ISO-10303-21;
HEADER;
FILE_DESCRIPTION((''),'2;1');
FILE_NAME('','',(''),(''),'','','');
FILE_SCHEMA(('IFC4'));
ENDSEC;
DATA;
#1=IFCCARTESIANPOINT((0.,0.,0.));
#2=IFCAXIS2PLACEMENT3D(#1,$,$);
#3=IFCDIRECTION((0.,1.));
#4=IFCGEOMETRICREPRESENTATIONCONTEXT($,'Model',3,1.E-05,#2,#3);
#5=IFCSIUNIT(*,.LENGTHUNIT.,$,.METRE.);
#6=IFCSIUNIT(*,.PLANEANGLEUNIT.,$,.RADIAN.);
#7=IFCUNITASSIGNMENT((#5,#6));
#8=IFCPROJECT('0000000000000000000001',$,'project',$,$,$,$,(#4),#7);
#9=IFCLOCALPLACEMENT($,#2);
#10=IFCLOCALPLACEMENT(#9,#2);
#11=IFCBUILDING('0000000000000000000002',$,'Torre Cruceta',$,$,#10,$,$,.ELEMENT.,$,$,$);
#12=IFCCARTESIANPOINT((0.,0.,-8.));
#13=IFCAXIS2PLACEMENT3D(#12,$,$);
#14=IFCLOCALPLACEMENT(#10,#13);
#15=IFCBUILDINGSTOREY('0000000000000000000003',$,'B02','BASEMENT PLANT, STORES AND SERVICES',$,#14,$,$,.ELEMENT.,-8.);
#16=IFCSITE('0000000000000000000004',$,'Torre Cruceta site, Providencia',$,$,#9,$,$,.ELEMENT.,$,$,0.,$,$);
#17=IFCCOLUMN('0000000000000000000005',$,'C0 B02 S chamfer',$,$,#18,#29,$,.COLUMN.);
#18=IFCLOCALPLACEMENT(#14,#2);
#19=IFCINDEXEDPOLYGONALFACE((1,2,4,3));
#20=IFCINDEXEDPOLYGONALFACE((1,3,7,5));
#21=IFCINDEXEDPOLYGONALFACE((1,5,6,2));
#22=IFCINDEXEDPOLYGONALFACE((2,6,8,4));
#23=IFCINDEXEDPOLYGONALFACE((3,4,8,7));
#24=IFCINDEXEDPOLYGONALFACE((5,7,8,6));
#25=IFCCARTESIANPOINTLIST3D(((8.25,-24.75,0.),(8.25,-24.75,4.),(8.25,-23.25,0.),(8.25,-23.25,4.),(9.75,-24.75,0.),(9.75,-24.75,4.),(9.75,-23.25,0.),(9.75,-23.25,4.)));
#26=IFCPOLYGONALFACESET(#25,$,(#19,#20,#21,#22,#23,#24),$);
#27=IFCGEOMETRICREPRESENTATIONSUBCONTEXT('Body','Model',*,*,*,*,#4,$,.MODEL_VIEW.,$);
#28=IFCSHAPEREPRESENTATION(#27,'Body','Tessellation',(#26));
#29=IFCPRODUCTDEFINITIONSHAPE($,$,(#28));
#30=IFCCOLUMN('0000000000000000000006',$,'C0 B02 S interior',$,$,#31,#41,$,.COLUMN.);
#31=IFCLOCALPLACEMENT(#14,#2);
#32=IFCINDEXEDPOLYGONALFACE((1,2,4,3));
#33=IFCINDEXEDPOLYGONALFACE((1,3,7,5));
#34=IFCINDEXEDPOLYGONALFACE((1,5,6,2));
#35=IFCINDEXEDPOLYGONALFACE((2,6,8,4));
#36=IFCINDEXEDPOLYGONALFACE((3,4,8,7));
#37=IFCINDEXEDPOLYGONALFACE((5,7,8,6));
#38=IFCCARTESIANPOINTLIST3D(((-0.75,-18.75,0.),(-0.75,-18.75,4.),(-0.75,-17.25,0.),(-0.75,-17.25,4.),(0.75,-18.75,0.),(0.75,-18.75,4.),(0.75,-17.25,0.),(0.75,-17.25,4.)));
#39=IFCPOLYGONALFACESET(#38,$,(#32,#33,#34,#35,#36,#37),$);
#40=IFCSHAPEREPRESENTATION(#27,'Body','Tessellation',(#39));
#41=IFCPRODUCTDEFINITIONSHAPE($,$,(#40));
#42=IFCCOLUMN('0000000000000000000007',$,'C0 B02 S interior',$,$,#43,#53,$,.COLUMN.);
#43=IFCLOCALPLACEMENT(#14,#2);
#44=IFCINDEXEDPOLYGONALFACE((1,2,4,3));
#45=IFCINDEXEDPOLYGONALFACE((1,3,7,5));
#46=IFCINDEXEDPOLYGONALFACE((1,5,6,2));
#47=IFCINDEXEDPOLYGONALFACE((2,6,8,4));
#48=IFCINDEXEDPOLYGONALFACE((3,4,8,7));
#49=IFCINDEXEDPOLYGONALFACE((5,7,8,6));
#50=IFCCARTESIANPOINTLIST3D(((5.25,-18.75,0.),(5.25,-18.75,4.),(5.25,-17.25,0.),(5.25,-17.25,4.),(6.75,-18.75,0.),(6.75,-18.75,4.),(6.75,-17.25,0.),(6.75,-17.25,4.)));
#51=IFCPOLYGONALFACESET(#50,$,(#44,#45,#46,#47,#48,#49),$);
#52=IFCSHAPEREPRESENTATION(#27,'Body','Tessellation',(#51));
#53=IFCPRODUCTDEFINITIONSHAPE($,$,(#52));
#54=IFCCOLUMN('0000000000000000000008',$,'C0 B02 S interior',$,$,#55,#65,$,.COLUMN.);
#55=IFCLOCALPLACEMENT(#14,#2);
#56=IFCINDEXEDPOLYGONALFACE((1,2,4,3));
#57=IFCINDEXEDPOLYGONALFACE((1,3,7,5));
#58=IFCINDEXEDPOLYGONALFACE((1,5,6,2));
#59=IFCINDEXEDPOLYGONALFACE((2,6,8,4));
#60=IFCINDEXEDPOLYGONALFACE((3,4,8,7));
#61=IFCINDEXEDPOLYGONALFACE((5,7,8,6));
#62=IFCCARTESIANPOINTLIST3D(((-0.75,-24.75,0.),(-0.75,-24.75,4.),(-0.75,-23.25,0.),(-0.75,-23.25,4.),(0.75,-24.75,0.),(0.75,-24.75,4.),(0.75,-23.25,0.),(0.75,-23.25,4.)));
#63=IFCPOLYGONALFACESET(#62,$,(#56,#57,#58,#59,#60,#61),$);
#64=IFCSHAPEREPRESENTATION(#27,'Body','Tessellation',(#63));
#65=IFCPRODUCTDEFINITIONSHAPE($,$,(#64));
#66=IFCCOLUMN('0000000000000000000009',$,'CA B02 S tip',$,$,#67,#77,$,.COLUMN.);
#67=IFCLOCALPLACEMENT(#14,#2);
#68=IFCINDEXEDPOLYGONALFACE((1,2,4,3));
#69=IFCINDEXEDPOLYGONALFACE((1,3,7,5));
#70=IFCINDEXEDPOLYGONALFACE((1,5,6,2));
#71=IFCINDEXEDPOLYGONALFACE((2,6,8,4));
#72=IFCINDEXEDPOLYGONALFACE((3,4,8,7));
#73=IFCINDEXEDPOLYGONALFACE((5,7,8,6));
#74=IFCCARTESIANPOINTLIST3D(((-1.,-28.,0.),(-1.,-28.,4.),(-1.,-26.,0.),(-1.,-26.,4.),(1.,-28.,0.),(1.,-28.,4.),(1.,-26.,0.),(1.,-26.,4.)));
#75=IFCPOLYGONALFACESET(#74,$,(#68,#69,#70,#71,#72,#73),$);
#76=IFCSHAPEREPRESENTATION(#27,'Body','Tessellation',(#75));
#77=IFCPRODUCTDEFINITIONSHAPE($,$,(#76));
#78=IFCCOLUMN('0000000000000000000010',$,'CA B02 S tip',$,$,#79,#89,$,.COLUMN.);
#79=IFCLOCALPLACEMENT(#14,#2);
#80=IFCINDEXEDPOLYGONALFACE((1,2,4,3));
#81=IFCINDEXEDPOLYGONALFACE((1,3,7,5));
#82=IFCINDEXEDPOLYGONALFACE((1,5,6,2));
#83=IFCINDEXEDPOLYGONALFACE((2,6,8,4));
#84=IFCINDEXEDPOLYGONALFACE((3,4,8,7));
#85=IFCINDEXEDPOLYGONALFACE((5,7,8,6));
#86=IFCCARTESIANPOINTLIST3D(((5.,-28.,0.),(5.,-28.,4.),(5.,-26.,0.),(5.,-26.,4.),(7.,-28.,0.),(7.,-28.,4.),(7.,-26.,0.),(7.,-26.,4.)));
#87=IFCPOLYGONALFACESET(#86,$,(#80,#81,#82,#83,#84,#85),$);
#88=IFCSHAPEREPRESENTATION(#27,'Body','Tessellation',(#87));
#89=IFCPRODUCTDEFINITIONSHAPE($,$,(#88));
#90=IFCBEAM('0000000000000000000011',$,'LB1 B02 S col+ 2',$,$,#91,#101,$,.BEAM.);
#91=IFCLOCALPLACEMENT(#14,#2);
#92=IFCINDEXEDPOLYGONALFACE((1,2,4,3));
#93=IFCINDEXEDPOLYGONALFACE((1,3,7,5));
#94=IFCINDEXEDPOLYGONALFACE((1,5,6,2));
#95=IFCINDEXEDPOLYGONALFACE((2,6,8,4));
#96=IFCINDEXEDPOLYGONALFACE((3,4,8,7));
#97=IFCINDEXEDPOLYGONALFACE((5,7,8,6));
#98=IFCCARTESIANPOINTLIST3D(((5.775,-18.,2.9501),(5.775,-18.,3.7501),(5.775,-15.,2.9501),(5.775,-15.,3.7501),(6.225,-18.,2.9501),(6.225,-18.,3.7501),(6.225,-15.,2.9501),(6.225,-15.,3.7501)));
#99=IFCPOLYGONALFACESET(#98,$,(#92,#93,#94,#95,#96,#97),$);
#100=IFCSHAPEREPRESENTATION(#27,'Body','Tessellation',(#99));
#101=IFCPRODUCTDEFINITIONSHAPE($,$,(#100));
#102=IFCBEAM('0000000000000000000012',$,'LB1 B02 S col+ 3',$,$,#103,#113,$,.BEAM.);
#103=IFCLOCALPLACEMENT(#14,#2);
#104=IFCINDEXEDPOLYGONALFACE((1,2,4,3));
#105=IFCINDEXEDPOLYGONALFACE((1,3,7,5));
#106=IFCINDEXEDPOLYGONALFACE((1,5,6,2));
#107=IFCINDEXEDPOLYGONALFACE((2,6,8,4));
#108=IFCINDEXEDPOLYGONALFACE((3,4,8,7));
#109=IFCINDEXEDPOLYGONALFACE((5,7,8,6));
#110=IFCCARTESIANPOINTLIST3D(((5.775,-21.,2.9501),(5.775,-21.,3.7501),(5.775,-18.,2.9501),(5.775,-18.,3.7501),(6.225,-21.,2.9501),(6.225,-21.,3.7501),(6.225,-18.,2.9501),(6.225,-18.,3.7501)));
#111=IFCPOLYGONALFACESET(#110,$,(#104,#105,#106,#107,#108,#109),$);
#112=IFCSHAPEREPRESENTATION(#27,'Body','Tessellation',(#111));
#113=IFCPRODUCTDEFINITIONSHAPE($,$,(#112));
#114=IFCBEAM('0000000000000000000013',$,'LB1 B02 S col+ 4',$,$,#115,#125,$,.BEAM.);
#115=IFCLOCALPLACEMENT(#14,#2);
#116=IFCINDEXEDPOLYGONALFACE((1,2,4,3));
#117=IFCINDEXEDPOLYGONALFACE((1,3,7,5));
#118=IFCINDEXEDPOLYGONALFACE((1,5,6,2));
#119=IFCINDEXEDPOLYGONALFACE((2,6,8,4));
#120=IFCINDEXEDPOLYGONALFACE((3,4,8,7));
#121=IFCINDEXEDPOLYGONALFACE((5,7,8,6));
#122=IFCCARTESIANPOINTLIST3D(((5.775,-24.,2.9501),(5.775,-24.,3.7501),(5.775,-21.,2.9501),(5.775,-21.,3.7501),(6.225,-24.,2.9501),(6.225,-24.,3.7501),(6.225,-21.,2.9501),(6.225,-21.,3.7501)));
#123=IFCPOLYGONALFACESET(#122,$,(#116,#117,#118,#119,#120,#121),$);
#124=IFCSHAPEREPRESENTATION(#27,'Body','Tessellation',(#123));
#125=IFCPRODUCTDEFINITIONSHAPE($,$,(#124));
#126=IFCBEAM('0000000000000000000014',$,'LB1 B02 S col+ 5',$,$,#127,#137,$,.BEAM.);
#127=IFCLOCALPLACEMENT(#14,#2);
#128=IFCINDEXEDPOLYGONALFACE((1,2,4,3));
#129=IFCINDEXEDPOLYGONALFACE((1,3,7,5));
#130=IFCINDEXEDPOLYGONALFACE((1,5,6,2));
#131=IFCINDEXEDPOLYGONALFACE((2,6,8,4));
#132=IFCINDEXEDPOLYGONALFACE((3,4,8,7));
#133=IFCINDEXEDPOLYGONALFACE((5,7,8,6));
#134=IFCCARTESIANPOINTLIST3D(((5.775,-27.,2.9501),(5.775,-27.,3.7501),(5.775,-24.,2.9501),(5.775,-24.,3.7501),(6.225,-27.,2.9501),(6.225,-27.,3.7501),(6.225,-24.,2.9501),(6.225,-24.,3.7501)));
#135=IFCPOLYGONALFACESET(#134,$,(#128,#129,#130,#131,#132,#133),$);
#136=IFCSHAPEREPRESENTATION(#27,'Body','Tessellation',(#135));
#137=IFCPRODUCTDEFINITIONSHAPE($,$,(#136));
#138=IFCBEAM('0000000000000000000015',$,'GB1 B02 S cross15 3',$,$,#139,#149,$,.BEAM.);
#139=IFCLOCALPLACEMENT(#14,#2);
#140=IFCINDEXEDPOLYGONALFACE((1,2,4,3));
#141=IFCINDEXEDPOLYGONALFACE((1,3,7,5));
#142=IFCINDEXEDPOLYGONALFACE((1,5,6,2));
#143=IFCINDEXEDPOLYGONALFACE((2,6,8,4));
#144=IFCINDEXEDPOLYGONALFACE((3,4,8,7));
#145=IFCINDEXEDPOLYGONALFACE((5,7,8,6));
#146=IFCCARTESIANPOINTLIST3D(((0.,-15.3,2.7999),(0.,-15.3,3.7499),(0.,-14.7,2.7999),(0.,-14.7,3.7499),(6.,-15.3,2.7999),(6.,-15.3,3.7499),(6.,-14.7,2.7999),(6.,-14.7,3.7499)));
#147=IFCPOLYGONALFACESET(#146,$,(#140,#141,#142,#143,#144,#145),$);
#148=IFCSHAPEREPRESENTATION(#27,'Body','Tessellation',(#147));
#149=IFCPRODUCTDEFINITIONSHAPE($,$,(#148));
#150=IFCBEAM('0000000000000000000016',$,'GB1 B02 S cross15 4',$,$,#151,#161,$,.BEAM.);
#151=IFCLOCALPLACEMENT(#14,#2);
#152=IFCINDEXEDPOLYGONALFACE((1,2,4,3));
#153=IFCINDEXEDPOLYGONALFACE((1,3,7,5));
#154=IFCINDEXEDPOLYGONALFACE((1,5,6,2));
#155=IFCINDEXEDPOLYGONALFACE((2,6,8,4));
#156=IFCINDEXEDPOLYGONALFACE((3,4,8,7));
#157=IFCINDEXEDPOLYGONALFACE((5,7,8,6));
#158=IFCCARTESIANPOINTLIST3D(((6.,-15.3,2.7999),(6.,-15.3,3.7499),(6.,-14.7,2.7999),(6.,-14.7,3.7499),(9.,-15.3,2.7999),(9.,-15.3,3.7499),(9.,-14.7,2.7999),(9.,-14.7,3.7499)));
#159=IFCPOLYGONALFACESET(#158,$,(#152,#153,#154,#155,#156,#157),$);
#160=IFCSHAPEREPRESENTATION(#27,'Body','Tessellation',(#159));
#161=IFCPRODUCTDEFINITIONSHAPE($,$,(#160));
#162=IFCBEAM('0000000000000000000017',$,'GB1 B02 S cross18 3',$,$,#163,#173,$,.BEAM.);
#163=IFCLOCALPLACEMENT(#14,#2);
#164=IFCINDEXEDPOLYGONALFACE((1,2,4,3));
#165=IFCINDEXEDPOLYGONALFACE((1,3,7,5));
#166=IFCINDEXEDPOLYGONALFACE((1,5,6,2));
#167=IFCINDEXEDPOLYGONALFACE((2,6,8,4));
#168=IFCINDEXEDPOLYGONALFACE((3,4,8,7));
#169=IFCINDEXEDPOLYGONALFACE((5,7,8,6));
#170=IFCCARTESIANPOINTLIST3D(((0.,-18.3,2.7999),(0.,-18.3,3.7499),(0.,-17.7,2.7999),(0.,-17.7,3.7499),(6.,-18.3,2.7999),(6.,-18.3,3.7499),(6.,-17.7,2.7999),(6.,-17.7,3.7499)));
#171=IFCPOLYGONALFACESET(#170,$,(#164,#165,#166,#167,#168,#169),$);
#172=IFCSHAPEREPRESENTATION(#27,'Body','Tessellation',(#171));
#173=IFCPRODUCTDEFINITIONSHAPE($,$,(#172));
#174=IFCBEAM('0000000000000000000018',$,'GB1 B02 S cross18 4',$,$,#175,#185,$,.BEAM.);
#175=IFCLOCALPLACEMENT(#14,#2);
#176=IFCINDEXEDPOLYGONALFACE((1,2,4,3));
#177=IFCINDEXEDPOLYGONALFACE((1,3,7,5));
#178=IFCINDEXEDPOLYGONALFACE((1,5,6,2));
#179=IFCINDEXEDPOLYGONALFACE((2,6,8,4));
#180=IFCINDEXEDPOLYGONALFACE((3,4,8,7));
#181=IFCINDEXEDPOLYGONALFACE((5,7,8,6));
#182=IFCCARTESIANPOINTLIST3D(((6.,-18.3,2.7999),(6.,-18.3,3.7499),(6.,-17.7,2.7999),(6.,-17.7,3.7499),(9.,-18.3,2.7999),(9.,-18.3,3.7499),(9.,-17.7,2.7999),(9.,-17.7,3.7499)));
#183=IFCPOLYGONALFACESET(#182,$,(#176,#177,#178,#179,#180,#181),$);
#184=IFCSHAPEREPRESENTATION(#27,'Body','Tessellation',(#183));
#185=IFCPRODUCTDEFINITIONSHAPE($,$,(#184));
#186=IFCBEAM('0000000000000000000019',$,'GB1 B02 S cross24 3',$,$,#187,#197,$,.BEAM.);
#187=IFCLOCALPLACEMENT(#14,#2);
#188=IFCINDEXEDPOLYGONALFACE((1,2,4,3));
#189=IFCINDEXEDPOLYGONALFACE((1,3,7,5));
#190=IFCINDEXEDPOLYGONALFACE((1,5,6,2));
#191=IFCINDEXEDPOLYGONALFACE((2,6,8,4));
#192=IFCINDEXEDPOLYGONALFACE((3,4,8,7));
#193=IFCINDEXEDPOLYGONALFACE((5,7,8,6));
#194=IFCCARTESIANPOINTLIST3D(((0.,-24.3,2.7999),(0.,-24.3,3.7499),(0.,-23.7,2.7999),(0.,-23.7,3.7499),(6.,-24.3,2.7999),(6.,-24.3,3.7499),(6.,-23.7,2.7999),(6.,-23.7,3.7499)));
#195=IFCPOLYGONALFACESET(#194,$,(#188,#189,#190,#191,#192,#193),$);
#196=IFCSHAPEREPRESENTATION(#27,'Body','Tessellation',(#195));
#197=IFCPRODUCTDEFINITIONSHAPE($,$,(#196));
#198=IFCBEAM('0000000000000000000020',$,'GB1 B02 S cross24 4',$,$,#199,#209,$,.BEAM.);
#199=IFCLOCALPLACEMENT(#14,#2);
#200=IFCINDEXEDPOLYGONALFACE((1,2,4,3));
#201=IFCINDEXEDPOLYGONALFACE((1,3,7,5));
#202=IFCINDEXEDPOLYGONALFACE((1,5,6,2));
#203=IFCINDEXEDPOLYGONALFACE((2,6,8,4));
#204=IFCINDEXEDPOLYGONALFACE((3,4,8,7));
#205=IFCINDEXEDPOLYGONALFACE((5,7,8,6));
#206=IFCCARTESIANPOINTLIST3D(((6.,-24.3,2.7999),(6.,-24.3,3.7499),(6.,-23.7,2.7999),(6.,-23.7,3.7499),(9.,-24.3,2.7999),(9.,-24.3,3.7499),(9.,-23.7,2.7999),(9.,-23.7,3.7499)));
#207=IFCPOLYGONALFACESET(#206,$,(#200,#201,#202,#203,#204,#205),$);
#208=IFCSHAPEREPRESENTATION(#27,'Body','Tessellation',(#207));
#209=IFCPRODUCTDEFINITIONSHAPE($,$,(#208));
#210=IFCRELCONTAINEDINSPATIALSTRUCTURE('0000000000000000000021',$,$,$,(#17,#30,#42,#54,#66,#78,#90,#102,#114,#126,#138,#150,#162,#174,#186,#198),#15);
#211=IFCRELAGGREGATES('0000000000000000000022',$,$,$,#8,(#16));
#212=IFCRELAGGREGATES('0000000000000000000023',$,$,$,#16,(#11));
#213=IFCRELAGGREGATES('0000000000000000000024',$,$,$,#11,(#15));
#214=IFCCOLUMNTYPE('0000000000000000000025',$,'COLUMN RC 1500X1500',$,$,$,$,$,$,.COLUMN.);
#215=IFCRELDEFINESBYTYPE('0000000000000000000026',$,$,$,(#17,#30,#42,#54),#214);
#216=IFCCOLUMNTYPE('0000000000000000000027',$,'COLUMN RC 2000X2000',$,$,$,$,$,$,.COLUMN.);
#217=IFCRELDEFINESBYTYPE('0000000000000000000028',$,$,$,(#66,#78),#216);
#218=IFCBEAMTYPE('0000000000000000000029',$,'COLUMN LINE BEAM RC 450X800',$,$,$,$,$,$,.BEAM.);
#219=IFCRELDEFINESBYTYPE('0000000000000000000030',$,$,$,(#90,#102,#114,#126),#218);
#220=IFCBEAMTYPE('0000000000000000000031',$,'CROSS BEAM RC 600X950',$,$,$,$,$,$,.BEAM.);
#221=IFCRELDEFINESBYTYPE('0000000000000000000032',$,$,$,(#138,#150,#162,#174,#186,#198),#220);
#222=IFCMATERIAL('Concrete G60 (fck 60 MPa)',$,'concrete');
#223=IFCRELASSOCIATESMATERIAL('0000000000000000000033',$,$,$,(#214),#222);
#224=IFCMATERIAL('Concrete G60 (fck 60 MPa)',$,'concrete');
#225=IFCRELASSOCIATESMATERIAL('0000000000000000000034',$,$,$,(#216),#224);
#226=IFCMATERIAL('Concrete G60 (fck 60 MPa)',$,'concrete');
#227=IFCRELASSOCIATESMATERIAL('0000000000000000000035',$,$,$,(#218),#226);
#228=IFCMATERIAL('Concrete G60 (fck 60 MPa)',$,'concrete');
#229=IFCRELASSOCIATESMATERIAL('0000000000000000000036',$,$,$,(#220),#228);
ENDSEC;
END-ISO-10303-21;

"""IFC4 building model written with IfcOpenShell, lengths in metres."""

from ifc_helpers import new_model, si_unit, direction, frame, origin, origin_2d, place, context, subcontext, project, spatial, rectangle, extrude, material, material_profile, profile_set, type_object, element, save


model = new_model("IFC4")

# Units and contexts
model_context = context("Model", 3, precision=1e-05, world=origin(), true_north=direction((0.0, 1.0)))
body_context = subcontext(model_context, "Body", "Model", "MODEL_VIEW")
ifc_project = project(units=[si_unit("LENGTHUNIT", "METRE"), si_unit("PLANEANGLEUNIT", "RADIAN")], contexts=[model_context])

# Site, building, storey
site_placement = place(None, origin())
site = spatial("IfcSite", under=ifc_project, at=site_placement, Name="Torre Cruceta site, Providencia", CompositionType="ELEMENT", RefElevation=0.0)
building_placement = place(site_placement, origin())
building = spatial("IfcBuilding", under=site, at=building_placement, Name="Torre Cruceta", CompositionType="ELEMENT")
storey_placement = place(building_placement, frame((0.0, 0.0, -8.0)))
storey = spatial("IfcBuildingStorey", under=building, at=storey_placement, Name="B02", Description="BASEMENT PLANT, STORES AND SERVICES", CompositionType="ELEMENT", Elevation=-8.0)

# Columns
ifc_material_1 = material(Name="Concrete G60 (fck 60 MPa)", Category="concrete")
ifc_material_profile_1 = material_profile(ifc_material_1, rectangle(XDim=1.5, YDim=1.5, at=origin_2d()), Name="RC 1500X1500")
ifc_profile_set_1 = profile_set([ifc_material_profile_1], Name="Concrete G60 (fck 60 MPa)")
column_type_1 = type_object("IfcColumnType", Name="COLUMN RC 1500X1500", PredefinedType="COLUMN", material=ifc_profile_set_1)
for number, where, z_axis, x_axis, name in (
    (1, (9.0, -24.0, 0.0), (0.0, 0.0, 1.0), (1.0, 0.0, 0.0), "C0 B02 S chamfer"),
    (2, (0.0, -18.0, 0.0), (0.0, 0.0, 1.0), (1.0, 0.0, 0.0), "C0 B02 S interior"),
    (3, (6.0, -18.0, 0.0), (0.0, 0.0, 1.0), (1.0, 0.0, 0.0), "C0 B02 S interior"),
    (4, (0.0, -24.0, 0.0), (0.0, 0.0, 1.0), (1.0, 0.0, 0.0), "C0 B02 S interior"),
):
    element("IfcColumn", number, at=place(storey_placement, frame(where, z_axis=z_axis, x_axis=x_axis)), inside=storey, type_object=column_type_1, Name=name, PredefinedType="COLUMN", context=body_context, shape_type="SweptSolid", body=[
        extrude(rectangle(XDim=1.5, YDim=1.5, at=origin_2d()), origin(), (0.0, 0.0, 1.0), 4.0),
    ])
ifc_material_2 = material(Name="Concrete G60 (fck 60 MPa)", Category="concrete")
ifc_material_profile_2 = material_profile(ifc_material_2, rectangle(XDim=2.0, YDim=2.0, at=origin_2d()), Name="RC 2000X2000")
ifc_profile_set_2 = profile_set([ifc_material_profile_2], Name="Concrete G60 (fck 60 MPa)")
column_type_2 = type_object("IfcColumnType", Name="COLUMN RC 2000X2000", PredefinedType="COLUMN", material=ifc_profile_set_2)
for number, where, z_axis, x_axis, name in (
    (5, (0.0, -27.0, 0.0), (0.0, 0.0, 1.0), (1.0, 0.0, 0.0), "CA B02 S tip"),
    (6, (6.0, -27.0, 0.0), (0.0, 0.0, 1.0), (1.0, 0.0, 0.0), "CA B02 S tip"),
):
    element("IfcColumn", number, at=place(storey_placement, frame(where, z_axis=z_axis, x_axis=x_axis)), inside=storey, type_object=column_type_2, Name=name, PredefinedType="COLUMN", context=body_context, shape_type="SweptSolid", body=[
        extrude(rectangle(XDim=2.0, YDim=2.0, at=origin_2d()), origin(), (0.0, 0.0, 1.0), 4.0),
    ])

# Beams
ifc_material_3 = material(Name="Concrete G60 (fck 60 MPa)", Category="concrete")
ifc_material_profile_3 = material_profile(ifc_material_3, rectangle(XDim=0.45, YDim=0.8, at=origin_2d()), Name="RC 450X800")
ifc_profile_set_3 = profile_set([ifc_material_profile_3], Name="Concrete G60 (fck 60 MPa)")
beam_type_1 = type_object("IfcBeamType", Name="COLUMN LINE BEAM RC 450X800", PredefinedType="BEAM", material=ifc_profile_set_3)
for number, where, z_axis, x_axis, name in (
    (7, (6.0, -15.0, 3.3501), (0.0, -1.0, 0.0), (1.0, 0.0, 0.0), "LB1 B02 S col+ 2"),
    (8, (6.0, -18.0, 3.3501), (0.0, -1.0, 0.0), (1.0, 0.0, 0.0), "LB1 B02 S col+ 3"),
    (9, (6.0, -21.0, 3.3501), (0.0, -1.0, 0.0), (1.0, 0.0, 0.0), "LB1 B02 S col+ 4"),
    (10, (6.0, -24.0, 3.3501), (0.0, -1.0, 0.0), (1.0, 0.0, 0.0), "LB1 B02 S col+ 5"),
):
    element("IfcBeam", number, at=place(storey_placement, frame(where, z_axis=z_axis, x_axis=x_axis)), inside=storey, type_object=beam_type_1, Name=name, PredefinedType="BEAM", context=body_context, shape_type="SweptSolid", body=[
        extrude(rectangle(XDim=0.45, YDim=0.8, at=origin_2d()), origin(), (0.0, 0.0, 1.0), 3.0),
    ])
ifc_material_4 = material(Name="Concrete G60 (fck 60 MPa)", Category="concrete")
ifc_material_profile_4 = material_profile(ifc_material_4, rectangle(XDim=0.6001, YDim=0.95, at=origin_2d()), Name="RC 600X950")
ifc_profile_set_4 = profile_set([ifc_material_profile_4], Name="Concrete G60 (fck 60 MPa)")
beam_type_2 = type_object("IfcBeamType", Name="CROSS BEAM RC 600X950", PredefinedType="BEAM", material=ifc_profile_set_4)
beam_1_placement = place(storey_placement, frame((0.0, -15.0, 3.2749), z_axis=(1.0, 0.0, 0.0), x_axis=(0.0, 1.0, 0.0)))
element("IfcBeam", 11, at=beam_1_placement, inside=storey, type_object=beam_type_2, Name="GB1 B02 S cross15 3", PredefinedType="BEAM", context=body_context, shape_type="SweptSolid", body=[
    extrude(rectangle(XDim=0.6001, YDim=0.95, at=origin_2d()), origin(), (0.0, 0.0, 1.0), 6.0),
])
beam_2_placement = place(storey_placement, frame((6.0, -15.0, 3.2749), z_axis=(1.0, 0.0, 0.0), x_axis=(0.0, 1.0, 0.0)))
element("IfcBeam", 12, at=beam_2_placement, inside=storey, type_object=beam_type_2, Name="GB1 B02 S cross15 4", PredefinedType="BEAM", context=body_context, shape_type="SweptSolid", body=[
    extrude(rectangle(XDim=0.6001, YDim=0.95, at=origin_2d()), origin(), (0.0, 0.0, 1.0), 3.0),
])
beam_3_placement = place(storey_placement, frame((0.0, -18.0, 3.2749), z_axis=(1.0, 0.0, 0.0), x_axis=(0.0, 1.0, 0.0)))
element("IfcBeam", 13, at=beam_3_placement, inside=storey, type_object=beam_type_2, Name="GB1 B02 S cross18 3", PredefinedType="BEAM", context=body_context, shape_type="SweptSolid", body=[
    extrude(rectangle(XDim=0.6001, YDim=0.95, at=origin_2d()), origin(), (0.0, 0.0, 1.0), 6.0),
])
beam_4_placement = place(storey_placement, frame((6.0, -18.0, 3.2749), z_axis=(1.0, 0.0, 0.0), x_axis=(0.0, 1.0, 0.0)))
element("IfcBeam", 14, at=beam_4_placement, inside=storey, type_object=beam_type_2, Name="GB1 B02 S cross18 4", PredefinedType="BEAM", context=body_context, shape_type="SweptSolid", body=[
    extrude(rectangle(XDim=0.6001, YDim=0.95, at=origin_2d()), origin(), (0.0, 0.0, 1.0), 3.0),
])
beam_5_placement = place(storey_placement, frame((0.0, -24.0, 3.2749), z_axis=(1.0, 0.0, 0.0), x_axis=(0.0, 1.0, 0.0)))
element("IfcBeam", 15, at=beam_5_placement, inside=storey, type_object=beam_type_2, Name="GB1 B02 S cross24 3", PredefinedType="BEAM", context=body_context, shape_type="SweptSolid", body=[
    extrude(rectangle(XDim=0.6001, YDim=0.95, at=origin_2d()), origin(), (0.0, 0.0, 1.0), 6.0),
])
beam_6_placement = place(storey_placement, frame((6.0, -24.0, 3.2749), z_axis=(1.0, 0.0, 0.0), x_axis=(0.0, 1.0, 0.0)))
element("IfcBeam", 16, at=beam_6_placement, inside=storey, type_object=beam_type_2, Name="GB1 B02 S cross24 4", PredefinedType="BEAM", context=body_context, shape_type="SweptSolid", body=[
    extrude(rectangle(XDim=0.6001, YDim=0.95, at=origin_2d()), origin(), (0.0, 0.0, 1.0), 3.0),
])

save(model, "model.ifc")
